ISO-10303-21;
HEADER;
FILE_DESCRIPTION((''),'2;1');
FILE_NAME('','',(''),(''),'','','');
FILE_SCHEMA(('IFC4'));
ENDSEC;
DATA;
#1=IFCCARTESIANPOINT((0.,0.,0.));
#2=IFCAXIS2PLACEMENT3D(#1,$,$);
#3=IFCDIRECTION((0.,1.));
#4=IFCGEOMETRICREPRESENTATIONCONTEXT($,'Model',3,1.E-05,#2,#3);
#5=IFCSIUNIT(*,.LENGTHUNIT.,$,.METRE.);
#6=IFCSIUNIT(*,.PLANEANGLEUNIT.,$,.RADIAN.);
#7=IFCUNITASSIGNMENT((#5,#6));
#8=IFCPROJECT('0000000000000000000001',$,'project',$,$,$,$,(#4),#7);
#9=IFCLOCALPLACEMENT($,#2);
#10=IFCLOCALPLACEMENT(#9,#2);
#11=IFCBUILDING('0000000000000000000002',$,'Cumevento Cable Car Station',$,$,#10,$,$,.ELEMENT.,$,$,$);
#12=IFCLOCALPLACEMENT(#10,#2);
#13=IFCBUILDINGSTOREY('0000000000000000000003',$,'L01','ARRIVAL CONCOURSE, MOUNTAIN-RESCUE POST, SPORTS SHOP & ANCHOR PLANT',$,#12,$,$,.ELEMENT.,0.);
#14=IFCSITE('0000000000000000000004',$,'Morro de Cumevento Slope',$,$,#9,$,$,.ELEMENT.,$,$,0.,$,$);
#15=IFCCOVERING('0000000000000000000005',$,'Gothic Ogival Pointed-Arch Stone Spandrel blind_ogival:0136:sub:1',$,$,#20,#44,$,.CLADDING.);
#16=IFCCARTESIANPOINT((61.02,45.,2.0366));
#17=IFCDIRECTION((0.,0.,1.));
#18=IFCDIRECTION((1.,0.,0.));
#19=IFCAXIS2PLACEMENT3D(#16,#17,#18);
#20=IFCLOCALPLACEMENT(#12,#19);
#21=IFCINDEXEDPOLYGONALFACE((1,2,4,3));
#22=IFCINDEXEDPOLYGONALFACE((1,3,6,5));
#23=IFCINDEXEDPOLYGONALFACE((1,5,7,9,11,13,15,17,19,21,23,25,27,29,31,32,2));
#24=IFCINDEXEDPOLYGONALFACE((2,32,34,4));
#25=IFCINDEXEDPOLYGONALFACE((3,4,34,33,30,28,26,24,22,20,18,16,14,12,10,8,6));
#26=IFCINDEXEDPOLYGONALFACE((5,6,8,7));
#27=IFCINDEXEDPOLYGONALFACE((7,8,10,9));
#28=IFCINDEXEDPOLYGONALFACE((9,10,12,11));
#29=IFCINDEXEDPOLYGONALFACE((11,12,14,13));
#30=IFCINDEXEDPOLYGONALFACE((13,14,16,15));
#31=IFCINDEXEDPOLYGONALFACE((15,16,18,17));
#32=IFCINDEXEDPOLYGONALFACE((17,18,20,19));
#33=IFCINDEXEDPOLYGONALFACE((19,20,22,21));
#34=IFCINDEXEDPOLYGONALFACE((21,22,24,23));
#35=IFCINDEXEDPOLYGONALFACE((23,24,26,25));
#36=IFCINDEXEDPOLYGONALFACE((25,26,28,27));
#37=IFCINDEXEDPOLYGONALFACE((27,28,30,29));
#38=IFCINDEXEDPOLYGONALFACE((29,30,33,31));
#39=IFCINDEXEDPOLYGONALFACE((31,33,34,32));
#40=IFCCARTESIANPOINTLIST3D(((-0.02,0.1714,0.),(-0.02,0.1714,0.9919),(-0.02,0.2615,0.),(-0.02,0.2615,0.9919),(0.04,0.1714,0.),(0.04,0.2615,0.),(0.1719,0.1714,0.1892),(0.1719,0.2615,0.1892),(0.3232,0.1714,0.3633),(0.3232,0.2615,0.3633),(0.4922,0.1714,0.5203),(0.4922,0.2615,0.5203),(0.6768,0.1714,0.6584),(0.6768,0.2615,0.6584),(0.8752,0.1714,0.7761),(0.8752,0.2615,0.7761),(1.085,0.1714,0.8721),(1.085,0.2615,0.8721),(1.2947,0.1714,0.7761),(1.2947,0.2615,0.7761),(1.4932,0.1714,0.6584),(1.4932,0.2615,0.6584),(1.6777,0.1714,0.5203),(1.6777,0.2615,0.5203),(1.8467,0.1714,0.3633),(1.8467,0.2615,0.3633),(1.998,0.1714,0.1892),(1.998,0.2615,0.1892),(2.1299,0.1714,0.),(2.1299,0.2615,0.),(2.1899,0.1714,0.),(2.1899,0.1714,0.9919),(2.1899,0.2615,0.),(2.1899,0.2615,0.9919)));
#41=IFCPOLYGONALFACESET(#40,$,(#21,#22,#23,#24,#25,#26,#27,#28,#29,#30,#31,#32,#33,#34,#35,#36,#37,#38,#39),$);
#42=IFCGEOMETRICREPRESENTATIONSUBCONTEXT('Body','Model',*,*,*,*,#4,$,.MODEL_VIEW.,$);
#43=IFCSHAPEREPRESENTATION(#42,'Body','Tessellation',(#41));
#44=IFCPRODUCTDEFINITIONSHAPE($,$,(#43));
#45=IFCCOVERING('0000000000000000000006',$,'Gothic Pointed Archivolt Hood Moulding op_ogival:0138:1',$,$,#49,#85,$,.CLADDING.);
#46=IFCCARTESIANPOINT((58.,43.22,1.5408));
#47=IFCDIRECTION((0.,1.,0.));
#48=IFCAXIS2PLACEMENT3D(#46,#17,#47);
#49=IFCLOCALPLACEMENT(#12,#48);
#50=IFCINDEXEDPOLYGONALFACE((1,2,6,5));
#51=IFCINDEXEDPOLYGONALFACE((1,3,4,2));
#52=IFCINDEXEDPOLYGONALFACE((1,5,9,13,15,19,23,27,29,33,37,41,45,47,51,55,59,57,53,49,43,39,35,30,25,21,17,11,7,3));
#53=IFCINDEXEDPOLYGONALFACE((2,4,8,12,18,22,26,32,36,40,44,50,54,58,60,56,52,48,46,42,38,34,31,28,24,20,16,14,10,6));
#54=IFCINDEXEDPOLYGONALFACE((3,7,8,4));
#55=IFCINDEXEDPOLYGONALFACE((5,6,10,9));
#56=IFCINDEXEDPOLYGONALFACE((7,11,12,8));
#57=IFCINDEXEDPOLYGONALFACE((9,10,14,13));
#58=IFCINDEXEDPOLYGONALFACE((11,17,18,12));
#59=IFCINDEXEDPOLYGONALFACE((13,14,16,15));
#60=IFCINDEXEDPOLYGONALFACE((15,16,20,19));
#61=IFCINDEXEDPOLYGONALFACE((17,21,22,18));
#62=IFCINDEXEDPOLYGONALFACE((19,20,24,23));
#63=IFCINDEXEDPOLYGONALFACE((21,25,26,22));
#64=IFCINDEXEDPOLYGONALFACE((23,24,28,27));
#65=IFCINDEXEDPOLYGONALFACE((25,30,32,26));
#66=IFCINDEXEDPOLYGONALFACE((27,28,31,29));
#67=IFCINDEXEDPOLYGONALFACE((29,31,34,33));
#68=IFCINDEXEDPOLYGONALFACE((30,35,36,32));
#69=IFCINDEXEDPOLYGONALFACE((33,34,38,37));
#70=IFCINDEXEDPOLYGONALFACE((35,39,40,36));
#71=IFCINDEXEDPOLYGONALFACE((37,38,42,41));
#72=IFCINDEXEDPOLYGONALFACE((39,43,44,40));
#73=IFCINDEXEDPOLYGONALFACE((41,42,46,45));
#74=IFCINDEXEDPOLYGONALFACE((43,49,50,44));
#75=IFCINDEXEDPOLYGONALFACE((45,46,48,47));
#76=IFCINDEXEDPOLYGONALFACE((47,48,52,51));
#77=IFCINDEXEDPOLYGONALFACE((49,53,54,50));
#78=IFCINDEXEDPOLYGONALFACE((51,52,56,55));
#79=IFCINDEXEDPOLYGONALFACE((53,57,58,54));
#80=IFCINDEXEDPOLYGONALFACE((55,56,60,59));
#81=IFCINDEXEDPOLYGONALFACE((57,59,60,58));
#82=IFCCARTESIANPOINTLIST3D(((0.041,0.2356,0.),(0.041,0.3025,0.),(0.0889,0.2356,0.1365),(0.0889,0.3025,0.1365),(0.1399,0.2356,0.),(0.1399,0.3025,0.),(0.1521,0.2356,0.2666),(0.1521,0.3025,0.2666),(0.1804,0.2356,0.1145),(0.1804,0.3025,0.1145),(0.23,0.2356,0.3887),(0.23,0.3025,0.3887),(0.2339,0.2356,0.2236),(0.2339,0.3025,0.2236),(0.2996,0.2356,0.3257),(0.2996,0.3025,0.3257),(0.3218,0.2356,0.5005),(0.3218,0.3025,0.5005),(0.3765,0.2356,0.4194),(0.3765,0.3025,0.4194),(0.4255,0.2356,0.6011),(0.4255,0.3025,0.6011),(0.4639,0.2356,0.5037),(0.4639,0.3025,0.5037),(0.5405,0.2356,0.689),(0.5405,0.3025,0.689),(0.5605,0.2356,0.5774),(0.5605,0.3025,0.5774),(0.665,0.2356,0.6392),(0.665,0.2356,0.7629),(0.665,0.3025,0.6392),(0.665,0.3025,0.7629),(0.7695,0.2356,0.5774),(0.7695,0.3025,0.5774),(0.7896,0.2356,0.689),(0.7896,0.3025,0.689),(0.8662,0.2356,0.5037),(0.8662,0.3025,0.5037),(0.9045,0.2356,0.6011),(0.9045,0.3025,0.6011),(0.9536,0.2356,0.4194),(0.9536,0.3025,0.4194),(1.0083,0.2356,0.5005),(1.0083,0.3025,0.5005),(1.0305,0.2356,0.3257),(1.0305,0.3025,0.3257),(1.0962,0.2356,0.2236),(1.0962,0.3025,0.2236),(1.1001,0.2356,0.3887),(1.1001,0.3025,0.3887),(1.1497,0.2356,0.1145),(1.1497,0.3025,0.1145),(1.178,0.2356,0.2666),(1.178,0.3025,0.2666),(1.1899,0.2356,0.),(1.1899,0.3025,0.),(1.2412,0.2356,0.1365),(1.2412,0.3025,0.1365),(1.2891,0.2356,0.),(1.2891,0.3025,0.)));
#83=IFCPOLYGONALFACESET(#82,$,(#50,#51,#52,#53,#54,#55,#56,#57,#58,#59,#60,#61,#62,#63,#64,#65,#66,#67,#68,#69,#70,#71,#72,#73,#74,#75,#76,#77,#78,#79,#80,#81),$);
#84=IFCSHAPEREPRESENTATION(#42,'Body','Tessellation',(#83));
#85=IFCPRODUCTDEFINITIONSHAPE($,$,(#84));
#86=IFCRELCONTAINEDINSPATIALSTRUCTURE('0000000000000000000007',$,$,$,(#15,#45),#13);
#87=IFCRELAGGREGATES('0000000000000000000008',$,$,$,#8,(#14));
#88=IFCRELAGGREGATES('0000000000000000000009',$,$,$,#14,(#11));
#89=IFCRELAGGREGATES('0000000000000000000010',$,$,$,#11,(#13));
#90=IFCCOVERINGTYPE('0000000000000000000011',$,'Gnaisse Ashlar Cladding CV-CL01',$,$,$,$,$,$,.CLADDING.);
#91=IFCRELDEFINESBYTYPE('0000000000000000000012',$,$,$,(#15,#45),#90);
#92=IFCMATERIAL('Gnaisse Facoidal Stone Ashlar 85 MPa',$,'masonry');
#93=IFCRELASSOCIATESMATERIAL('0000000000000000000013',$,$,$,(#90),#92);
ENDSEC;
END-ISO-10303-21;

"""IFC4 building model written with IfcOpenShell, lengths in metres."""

from ifc_helpers import new_model, si_unit, direction, frame, origin, place, context, subcontext, project, spatial, polyline, outline, extrude, material, type_object, element, save


model = new_model("IFC4")

# Units and contexts
model_context = context("Model", 3, precision=1e-05, world=origin(), true_north=direction((0.0, 1.0)))
body_context = subcontext(model_context, "Body", "Model", "MODEL_VIEW")
ifc_project = project(units=[si_unit("LENGTHUNIT", "METRE"), si_unit("PLANEANGLEUNIT", "RADIAN")], contexts=[model_context])

# Site, building, storey
site_placement = place(None, origin())
site = spatial("IfcSite", under=ifc_project, at=site_placement, Name="Morro de Cumevento Slope", CompositionType="ELEMENT", RefElevation=0.0)
building_placement = place(site_placement, origin())
building = spatial("IfcBuilding", under=site, at=building_placement, Name="Cumevento Cable Car Station", CompositionType="ELEMENT")
storey_placement = place(building_placement, origin())
storey = spatial("IfcBuildingStorey", under=building, at=storey_placement, Name="L01", Description="ARRIVAL CONCOURSE, MOUNTAIN-RESCUE POST, SPORTS SHOP & ANCHOR PLANT", CompositionType="ELEMENT", Elevation=0.0)

# Coverings
ifc_material_1 = material(Name="Gnaisse Facoidal Stone Ashlar 85 MPa", Category="masonry")
covering_type = type_object("IfcCoveringType", Name="Gnaisse Ashlar Cladding CV-CL01", PredefinedType="CLADDING", material=ifc_material_1)
for number, where, z_axis, x_axis, name in (
    (1, (61.02, 45.0, 2.0366), (0.0, 0.0, 1.0), (1.0, 0.0, 0.0), "Gothic Ogival Pointed-Arch Stone Spandrel blind_ogival:0136:sub:1"),
):
    element("IfcCovering", number, at=place(storey_placement, frame(where, z_axis=z_axis, x_axis=x_axis)), inside=storey, type_object=covering_type, Name=name, PredefinedType="CLADDING", context=body_context, shape_type="SweptSolid", body=[
        extrude(outline(polyline([(-0.02, 0.0), (-0.02, 0.9919), (2.1899, 0.9919), (2.1899, 0.0), (2.1299, 0.0), (1.998, 0.1892), (1.8467, 0.3633), (1.6777, 0.5203), (1.4932, 0.6584), (1.2947, 0.7761), (1.085, 0.8721), (0.8752, 0.7761), (0.6768, 0.6584), (0.4922, 0.5203), (0.3232, 0.3633), (0.1719, 0.1892), (0.04, 0.0), (-0.02, 0.0)])), frame((0.0, 0.2615, 0.0), z_axis=(0.0, -1.0, 0.0), x_axis=(1.0, 0.0, 0.0)), (0.0, 0.0, 1.0), 0.0901),
    ])
covering_1_placement = place(storey_placement, frame((58.0, 43.22, 1.5408), z_axis=(0.0, 0.0, 1.0), x_axis=(0.0, 1.0, 0.0)))
element("IfcCovering", 2, at=covering_1_placement, inside=storey, type_object=covering_type, Name="Gothic Pointed Archivolt Hood Moulding op_ogival:0138:1", PredefinedType="CLADDING", context=body_context, shape_type="SweptSolid", body=[
    extrude(outline(polyline([(0.1399, 0.0), (0.1804, 0.1145), (0.2339, 0.2236), (0.2996, 0.3257), (0.3765, 0.4194), (0.4639, 0.5037), (0.5605, 0.5774), (0.665, 0.6392), (0.7695, 0.5774), (0.8662, 0.5037), (0.9536, 0.4194), (1.0305, 0.3257), (1.0962, 0.2236), (1.1497, 0.1145), (1.1899, 0.0), (1.2891, 0.0), (1.2412, 0.1365), (1.178, 0.2666), (1.1001, 0.3887), (1.0083, 0.5005), (0.9045, 0.6011), (0.7896, 0.689), (0.665, 0.7629), (0.5405, 0.689), (0.4255, 0.6011), (0.3218, 0.5005), (0.23, 0.3887), (0.1521, 0.2666), (0.0889, 0.1365), (0.041, 0.0), (0.1399, 0.0)])), frame((0.0, 0.3025, 0.0), z_axis=(0.0, -1.0, 0.0), x_axis=(1.0, 0.0, 0.0)), (0.0, 0.0, 1.0), 0.0669),
])

save(model, "model.ifc")
